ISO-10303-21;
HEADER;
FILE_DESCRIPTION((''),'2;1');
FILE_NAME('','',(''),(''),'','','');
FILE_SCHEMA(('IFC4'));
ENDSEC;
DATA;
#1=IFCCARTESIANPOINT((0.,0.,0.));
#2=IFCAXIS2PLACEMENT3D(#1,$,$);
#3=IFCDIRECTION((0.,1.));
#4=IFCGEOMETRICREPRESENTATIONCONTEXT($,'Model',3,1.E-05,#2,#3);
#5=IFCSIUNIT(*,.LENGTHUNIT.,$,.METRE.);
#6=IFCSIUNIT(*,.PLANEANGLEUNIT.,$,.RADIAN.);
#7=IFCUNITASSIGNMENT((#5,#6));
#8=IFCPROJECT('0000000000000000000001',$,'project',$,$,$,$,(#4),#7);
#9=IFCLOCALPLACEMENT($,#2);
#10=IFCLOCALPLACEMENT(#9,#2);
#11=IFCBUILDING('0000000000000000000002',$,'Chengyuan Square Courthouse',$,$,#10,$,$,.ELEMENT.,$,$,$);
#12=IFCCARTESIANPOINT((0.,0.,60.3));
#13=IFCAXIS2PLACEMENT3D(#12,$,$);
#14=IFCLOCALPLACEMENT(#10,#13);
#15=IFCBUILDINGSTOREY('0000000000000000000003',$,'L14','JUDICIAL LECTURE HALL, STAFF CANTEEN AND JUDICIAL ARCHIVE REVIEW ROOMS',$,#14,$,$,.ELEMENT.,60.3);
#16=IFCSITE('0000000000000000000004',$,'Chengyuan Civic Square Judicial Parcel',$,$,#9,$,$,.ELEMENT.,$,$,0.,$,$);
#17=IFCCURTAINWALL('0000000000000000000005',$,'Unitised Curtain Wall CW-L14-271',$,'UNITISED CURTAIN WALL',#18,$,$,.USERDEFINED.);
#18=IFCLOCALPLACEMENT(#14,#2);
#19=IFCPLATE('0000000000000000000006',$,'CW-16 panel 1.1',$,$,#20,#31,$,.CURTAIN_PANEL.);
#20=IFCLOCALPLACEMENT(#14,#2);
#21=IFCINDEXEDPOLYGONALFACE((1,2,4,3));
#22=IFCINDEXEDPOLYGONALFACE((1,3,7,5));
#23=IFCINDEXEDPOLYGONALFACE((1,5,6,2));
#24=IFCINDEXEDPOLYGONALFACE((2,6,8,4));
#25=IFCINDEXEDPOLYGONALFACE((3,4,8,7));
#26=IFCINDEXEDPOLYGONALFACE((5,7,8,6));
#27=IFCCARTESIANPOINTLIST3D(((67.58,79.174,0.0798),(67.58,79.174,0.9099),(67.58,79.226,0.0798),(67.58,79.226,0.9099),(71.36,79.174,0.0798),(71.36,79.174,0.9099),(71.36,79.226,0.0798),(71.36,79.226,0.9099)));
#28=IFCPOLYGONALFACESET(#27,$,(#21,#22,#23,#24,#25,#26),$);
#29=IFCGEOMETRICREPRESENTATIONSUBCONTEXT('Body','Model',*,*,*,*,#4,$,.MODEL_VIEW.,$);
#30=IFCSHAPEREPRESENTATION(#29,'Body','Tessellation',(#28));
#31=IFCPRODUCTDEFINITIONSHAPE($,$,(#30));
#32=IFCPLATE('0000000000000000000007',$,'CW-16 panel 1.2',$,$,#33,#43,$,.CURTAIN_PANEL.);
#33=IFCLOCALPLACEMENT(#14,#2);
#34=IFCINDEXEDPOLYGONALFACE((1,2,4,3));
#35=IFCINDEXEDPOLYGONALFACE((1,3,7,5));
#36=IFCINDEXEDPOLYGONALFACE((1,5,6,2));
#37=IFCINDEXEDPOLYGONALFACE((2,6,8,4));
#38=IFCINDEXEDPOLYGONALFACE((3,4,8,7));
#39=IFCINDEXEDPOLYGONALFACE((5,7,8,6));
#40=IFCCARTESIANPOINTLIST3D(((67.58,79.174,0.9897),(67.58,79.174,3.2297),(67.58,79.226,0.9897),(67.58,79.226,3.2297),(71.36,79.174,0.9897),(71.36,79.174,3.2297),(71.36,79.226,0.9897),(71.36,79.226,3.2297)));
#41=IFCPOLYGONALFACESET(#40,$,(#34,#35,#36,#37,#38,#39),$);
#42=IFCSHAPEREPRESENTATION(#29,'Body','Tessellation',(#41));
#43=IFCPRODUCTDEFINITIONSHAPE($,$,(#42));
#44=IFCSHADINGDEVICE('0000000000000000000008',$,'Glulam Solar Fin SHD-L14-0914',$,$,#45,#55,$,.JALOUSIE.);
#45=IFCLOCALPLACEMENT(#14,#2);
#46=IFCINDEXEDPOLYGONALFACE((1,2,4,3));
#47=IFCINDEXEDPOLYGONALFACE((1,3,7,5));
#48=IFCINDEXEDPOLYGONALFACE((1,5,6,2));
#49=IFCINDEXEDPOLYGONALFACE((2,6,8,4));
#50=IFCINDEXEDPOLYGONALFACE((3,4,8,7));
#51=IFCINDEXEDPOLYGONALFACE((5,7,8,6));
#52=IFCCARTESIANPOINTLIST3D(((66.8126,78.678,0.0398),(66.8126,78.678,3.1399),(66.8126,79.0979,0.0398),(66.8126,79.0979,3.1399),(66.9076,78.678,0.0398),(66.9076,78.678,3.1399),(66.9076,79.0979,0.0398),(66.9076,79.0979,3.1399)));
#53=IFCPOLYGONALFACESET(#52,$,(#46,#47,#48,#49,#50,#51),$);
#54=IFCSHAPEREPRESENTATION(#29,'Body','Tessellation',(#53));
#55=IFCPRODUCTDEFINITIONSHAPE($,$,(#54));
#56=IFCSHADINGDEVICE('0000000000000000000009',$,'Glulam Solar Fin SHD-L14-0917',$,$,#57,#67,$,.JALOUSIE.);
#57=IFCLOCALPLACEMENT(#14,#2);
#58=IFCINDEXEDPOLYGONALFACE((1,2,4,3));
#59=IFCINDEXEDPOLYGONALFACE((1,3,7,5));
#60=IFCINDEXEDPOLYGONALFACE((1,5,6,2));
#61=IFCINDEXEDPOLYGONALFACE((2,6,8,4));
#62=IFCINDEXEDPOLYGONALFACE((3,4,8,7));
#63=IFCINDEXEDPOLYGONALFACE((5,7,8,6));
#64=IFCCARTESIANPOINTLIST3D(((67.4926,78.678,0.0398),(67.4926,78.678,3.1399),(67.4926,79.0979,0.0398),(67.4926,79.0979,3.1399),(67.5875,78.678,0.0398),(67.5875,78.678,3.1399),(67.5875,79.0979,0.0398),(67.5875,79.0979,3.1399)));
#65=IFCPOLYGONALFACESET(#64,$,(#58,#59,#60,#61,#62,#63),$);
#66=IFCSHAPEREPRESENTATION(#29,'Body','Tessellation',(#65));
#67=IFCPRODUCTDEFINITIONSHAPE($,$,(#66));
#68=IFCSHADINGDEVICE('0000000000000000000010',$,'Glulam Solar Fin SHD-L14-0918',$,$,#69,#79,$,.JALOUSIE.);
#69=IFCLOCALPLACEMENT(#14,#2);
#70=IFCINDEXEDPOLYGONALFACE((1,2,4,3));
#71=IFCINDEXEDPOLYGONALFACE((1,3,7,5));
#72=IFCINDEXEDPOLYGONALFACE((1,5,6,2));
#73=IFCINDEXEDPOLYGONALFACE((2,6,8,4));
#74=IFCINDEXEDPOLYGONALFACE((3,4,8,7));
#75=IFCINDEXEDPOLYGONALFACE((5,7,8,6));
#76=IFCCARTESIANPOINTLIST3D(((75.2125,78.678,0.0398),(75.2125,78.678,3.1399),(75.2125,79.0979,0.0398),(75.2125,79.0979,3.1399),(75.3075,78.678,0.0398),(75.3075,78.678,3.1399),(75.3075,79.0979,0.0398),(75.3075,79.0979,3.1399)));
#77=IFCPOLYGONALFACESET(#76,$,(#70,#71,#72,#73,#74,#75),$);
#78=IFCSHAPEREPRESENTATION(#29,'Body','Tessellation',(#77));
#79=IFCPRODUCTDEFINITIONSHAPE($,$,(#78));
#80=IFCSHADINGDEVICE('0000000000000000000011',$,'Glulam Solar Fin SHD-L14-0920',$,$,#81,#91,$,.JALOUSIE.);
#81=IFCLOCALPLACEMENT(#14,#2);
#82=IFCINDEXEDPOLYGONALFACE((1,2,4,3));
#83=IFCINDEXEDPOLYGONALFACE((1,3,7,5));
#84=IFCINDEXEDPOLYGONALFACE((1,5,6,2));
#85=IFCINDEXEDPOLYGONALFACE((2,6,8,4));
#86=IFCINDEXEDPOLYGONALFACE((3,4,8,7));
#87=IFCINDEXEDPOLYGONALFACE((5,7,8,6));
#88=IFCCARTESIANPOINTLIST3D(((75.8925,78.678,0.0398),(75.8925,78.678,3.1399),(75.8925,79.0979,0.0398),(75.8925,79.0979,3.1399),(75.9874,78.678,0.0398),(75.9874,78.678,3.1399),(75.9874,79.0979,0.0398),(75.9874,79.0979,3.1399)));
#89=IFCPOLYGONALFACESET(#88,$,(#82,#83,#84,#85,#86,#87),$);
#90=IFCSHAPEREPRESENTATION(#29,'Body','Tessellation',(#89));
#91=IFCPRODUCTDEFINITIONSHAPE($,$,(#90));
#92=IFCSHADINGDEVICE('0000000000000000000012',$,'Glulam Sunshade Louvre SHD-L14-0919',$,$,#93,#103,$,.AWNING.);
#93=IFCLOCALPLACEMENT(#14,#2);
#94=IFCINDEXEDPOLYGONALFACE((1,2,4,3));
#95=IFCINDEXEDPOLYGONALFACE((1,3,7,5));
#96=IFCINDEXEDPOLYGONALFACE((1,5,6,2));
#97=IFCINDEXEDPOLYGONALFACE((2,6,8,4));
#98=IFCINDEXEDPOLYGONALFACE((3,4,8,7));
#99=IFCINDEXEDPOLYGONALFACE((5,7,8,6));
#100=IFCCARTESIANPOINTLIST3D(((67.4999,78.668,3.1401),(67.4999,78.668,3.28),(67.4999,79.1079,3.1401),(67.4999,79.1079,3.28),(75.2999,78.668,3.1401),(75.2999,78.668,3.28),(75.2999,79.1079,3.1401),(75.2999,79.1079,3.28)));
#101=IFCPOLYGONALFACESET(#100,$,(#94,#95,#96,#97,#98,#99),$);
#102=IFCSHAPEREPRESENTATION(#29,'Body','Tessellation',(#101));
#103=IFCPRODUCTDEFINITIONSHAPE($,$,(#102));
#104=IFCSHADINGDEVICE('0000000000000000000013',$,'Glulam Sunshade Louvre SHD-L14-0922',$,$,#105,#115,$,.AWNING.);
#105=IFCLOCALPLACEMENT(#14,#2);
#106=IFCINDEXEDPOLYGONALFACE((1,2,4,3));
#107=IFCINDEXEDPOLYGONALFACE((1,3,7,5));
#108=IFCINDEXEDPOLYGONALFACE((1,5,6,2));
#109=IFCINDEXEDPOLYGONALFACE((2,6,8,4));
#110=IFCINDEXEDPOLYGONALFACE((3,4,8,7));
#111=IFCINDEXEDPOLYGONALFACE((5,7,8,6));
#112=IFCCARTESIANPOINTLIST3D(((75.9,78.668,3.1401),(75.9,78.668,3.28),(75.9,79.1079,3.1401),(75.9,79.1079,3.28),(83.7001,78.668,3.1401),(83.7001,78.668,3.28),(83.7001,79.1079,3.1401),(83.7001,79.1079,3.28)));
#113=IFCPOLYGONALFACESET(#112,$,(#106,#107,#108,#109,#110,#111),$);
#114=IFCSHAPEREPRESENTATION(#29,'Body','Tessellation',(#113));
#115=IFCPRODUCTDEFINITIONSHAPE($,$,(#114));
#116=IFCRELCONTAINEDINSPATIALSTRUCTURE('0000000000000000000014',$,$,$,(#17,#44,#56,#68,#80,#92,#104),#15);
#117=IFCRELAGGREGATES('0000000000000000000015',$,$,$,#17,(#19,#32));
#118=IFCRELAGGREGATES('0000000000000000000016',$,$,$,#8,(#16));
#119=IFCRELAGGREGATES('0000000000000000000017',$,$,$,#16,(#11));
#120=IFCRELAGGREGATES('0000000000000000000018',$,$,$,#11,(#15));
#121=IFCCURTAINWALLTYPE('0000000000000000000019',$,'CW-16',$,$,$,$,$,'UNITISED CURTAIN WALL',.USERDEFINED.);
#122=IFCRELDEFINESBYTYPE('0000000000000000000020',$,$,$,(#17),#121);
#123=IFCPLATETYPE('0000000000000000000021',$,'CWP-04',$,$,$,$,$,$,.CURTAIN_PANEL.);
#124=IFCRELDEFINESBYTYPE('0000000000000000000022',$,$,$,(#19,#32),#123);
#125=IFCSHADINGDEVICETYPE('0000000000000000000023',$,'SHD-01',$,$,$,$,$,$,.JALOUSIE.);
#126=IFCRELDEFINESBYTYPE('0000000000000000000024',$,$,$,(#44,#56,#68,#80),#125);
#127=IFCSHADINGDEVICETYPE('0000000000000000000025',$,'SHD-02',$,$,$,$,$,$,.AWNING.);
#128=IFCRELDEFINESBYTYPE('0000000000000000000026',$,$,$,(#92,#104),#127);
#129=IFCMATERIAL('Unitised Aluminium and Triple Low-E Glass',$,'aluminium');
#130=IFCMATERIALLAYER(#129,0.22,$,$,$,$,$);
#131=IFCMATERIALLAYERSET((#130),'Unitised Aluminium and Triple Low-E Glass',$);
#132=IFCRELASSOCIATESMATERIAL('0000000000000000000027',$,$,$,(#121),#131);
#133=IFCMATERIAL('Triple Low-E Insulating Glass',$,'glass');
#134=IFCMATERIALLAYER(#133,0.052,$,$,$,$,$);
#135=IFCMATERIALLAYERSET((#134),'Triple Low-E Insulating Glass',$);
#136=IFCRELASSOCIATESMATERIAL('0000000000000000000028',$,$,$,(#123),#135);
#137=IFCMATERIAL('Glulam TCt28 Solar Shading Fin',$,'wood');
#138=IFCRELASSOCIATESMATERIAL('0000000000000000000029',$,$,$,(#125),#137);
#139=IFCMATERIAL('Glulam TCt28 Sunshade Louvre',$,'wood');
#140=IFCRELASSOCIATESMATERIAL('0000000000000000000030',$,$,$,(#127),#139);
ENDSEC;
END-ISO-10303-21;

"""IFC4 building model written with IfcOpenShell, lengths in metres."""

from ifc_helpers import new_model, si_unit, direction, frame, origin, origin_2d, place, context, subcontext, project, spatial, rectangle, extrude, material, layer, layer_set, type_object, element, aggregate, save


model = new_model("IFC4")

# Units and contexts
model_context = context("Model", 3, precision=1e-05, world=origin(), true_north=direction((0.0, 1.0)))
body_context = subcontext(model_context, "Body", "Model", "MODEL_VIEW")
ifc_project = project(units=[si_unit("LENGTHUNIT", "METRE"), si_unit("PLANEANGLEUNIT", "RADIAN")], contexts=[model_context])

# Site, building, storey
site_placement = place(None, origin())
site = spatial("IfcSite", under=ifc_project, at=site_placement, Name="Chengyuan Civic Square Judicial Parcel", CompositionType="ELEMENT", RefElevation=0.0)
building_placement = place(site_placement, origin())
building = spatial("IfcBuilding", under=site, at=building_placement, Name="Chengyuan Square Courthouse", CompositionType="ELEMENT")
storey_placement = place(building_placement, frame((0.0, 0.0, 60.3)))
storey = spatial("IfcBuildingStorey", under=building, at=storey_placement, Name="L14", Description="JUDICIAL LECTURE HALL, STAFF CANTEEN AND JUDICIAL ARCHIVE REVIEW ROOMS", CompositionType="ELEMENT", Elevation=60.3)

# Shared definitions
ifc_material_1 = material(Name="Unitised Aluminium and Triple Low-E Glass", Category="aluminium")
ifc_layer_1 = layer(ifc_material_1, 0.22)
ifc_layer_set_1 = layer_set([ifc_layer_1], Name="Unitised Aluminium and Triple Low-E Glass")
curtain_wall_type = type_object("IfcCurtainWallType", Name="CW-16", ElementType="UNITISED CURTAIN WALL", PredefinedType="USERDEFINED", material=ifc_layer_set_1)

# Curtain wall
curtain_wall_1_placement = place(storey_placement, origin())
curtain_wall_1 = element("IfcCurtainWall", 1, at=curtain_wall_1_placement, inside=storey, type_object=curtain_wall_type, Name="Unitised Curtain Wall CW-L14-271", ObjectType="UNITISED CURTAIN WALL", PredefinedType="USERDEFINED")

# Plates
ifc_material_2 = material(Name="Triple Low-E Insulating Glass", Category="glass")
ifc_layer_2 = layer(ifc_material_2, 0.052)
ifc_layer_set_2 = layer_set([ifc_layer_2], Name="Triple Low-E Insulating Glass")
plate_type = type_object("IfcPlateType", Name="CWP-04", PredefinedType="CURTAIN_PANEL", material=ifc_layer_set_2)
plate_1_placement = place(storey_placement, frame((69.47, 79.2, 0.0798), z_axis=(0.0, 0.0, 1.0), x_axis=(1.0, 0.0, 0.0)))
plate_1 = element("IfcPlate", 2, at=plate_1_placement, type_object=plate_type, Name="CW-16 panel 1.1", PredefinedType="CURTAIN_PANEL", context=body_context, shape_type="SweptSolid", body=[
    extrude(rectangle(XDim=3.78, YDim=0.052, at=origin_2d()), origin(), (0.0, 0.0, 1.0), 0.8301),
])
plate_2_placement = place(storey_placement, frame((69.47, 79.2, 0.9897), z_axis=(0.0, 0.0, 1.0), x_axis=(1.0, 0.0, 0.0)))
plate_2 = element("IfcPlate", 3, at=plate_2_placement, type_object=plate_type, Name="CW-16 panel 1.2", PredefinedType="CURTAIN_PANEL", context=body_context, shape_type="SweptSolid", body=[
    extrude(rectangle(XDim=3.78, YDim=0.052, at=origin_2d()), origin(), (0.0, 0.0, 1.0), 2.24),
])
aggregate(curtain_wall_1, [plate_1, plate_2])

# Shading devices
ifc_material_3 = material(Name="Glulam TCt28 Solar Shading Fin", Category="wood")
shading_device_type_1 = type_object("IfcShadingDeviceType", Name="SHD-01", PredefinedType="JALOUSIE", material=ifc_material_3)
for number, where, z_axis, x_axis, name in (
    (4, (66.8601, 78.8879, 0.0398), (0.0, 0.0, 1.0), (0.0, 1.0, 0.0), "Glulam Solar Fin SHD-L14-0914"),
    (5, (67.54, 78.8879, 0.0398), (0.0, 0.0, 1.0), (0.0, 1.0, 0.0), "Glulam Solar Fin SHD-L14-0917"),
    (6, (75.26, 78.8879, 0.0398), (0.0, 0.0, 1.0), (0.0, 1.0, 0.0), "Glulam Solar Fin SHD-L14-0918"),
    (7, (75.9399, 78.8879, 0.0398), (0.0, 0.0, 1.0), (0.0, 1.0, 0.0), "Glulam Solar Fin SHD-L14-0920"),
):
    element("IfcShadingDevice", number, at=place(storey_placement, frame(where, z_axis=z_axis, x_axis=x_axis)), inside=storey, type_object=shading_device_type_1, Name=name, PredefinedType="JALOUSIE", context=body_context, shape_type="SweptSolid", body=[
        extrude(rectangle(XDim=0.4199, YDim=0.095, at=origin_2d()), origin(), (0.0, 0.0, 1.0), 3.1001),
    ])
ifc_material_4 = material(Name="Glulam TCt28 Sunshade Louvre", Category="wood")
shading_device_type_2 = type_object("IfcShadingDeviceType", Name="SHD-02", PredefinedType="AWNING", material=ifc_material_4)
for number, where, z_axis, x_axis, name in (
    (8, (71.3999, 78.8879, 3.1401), (0.0, 0.0, 1.0), (1.0, 0.0, 0.0), "Glulam Sunshade Louvre SHD-L14-0919"),
    (9, (79.8, 78.8879, 3.1401), (0.0, 0.0, 1.0), (1.0, 0.0, 0.0), "Glulam Sunshade Louvre SHD-L14-0922"),
):
    element("IfcShadingDevice", number, at=place(storey_placement, frame(where, z_axis=z_axis, x_axis=x_axis)), inside=storey, type_object=shading_device_type_2, Name=name, PredefinedType="AWNING", context=body_context, shape_type="SweptSolid", body=[
        extrude(rectangle(XDim=7.8, YDim=0.4399, at=origin_2d()), origin(), (0.0, 0.0, 1.0), 0.1399),
    ])

save(model, "model.ifc")
